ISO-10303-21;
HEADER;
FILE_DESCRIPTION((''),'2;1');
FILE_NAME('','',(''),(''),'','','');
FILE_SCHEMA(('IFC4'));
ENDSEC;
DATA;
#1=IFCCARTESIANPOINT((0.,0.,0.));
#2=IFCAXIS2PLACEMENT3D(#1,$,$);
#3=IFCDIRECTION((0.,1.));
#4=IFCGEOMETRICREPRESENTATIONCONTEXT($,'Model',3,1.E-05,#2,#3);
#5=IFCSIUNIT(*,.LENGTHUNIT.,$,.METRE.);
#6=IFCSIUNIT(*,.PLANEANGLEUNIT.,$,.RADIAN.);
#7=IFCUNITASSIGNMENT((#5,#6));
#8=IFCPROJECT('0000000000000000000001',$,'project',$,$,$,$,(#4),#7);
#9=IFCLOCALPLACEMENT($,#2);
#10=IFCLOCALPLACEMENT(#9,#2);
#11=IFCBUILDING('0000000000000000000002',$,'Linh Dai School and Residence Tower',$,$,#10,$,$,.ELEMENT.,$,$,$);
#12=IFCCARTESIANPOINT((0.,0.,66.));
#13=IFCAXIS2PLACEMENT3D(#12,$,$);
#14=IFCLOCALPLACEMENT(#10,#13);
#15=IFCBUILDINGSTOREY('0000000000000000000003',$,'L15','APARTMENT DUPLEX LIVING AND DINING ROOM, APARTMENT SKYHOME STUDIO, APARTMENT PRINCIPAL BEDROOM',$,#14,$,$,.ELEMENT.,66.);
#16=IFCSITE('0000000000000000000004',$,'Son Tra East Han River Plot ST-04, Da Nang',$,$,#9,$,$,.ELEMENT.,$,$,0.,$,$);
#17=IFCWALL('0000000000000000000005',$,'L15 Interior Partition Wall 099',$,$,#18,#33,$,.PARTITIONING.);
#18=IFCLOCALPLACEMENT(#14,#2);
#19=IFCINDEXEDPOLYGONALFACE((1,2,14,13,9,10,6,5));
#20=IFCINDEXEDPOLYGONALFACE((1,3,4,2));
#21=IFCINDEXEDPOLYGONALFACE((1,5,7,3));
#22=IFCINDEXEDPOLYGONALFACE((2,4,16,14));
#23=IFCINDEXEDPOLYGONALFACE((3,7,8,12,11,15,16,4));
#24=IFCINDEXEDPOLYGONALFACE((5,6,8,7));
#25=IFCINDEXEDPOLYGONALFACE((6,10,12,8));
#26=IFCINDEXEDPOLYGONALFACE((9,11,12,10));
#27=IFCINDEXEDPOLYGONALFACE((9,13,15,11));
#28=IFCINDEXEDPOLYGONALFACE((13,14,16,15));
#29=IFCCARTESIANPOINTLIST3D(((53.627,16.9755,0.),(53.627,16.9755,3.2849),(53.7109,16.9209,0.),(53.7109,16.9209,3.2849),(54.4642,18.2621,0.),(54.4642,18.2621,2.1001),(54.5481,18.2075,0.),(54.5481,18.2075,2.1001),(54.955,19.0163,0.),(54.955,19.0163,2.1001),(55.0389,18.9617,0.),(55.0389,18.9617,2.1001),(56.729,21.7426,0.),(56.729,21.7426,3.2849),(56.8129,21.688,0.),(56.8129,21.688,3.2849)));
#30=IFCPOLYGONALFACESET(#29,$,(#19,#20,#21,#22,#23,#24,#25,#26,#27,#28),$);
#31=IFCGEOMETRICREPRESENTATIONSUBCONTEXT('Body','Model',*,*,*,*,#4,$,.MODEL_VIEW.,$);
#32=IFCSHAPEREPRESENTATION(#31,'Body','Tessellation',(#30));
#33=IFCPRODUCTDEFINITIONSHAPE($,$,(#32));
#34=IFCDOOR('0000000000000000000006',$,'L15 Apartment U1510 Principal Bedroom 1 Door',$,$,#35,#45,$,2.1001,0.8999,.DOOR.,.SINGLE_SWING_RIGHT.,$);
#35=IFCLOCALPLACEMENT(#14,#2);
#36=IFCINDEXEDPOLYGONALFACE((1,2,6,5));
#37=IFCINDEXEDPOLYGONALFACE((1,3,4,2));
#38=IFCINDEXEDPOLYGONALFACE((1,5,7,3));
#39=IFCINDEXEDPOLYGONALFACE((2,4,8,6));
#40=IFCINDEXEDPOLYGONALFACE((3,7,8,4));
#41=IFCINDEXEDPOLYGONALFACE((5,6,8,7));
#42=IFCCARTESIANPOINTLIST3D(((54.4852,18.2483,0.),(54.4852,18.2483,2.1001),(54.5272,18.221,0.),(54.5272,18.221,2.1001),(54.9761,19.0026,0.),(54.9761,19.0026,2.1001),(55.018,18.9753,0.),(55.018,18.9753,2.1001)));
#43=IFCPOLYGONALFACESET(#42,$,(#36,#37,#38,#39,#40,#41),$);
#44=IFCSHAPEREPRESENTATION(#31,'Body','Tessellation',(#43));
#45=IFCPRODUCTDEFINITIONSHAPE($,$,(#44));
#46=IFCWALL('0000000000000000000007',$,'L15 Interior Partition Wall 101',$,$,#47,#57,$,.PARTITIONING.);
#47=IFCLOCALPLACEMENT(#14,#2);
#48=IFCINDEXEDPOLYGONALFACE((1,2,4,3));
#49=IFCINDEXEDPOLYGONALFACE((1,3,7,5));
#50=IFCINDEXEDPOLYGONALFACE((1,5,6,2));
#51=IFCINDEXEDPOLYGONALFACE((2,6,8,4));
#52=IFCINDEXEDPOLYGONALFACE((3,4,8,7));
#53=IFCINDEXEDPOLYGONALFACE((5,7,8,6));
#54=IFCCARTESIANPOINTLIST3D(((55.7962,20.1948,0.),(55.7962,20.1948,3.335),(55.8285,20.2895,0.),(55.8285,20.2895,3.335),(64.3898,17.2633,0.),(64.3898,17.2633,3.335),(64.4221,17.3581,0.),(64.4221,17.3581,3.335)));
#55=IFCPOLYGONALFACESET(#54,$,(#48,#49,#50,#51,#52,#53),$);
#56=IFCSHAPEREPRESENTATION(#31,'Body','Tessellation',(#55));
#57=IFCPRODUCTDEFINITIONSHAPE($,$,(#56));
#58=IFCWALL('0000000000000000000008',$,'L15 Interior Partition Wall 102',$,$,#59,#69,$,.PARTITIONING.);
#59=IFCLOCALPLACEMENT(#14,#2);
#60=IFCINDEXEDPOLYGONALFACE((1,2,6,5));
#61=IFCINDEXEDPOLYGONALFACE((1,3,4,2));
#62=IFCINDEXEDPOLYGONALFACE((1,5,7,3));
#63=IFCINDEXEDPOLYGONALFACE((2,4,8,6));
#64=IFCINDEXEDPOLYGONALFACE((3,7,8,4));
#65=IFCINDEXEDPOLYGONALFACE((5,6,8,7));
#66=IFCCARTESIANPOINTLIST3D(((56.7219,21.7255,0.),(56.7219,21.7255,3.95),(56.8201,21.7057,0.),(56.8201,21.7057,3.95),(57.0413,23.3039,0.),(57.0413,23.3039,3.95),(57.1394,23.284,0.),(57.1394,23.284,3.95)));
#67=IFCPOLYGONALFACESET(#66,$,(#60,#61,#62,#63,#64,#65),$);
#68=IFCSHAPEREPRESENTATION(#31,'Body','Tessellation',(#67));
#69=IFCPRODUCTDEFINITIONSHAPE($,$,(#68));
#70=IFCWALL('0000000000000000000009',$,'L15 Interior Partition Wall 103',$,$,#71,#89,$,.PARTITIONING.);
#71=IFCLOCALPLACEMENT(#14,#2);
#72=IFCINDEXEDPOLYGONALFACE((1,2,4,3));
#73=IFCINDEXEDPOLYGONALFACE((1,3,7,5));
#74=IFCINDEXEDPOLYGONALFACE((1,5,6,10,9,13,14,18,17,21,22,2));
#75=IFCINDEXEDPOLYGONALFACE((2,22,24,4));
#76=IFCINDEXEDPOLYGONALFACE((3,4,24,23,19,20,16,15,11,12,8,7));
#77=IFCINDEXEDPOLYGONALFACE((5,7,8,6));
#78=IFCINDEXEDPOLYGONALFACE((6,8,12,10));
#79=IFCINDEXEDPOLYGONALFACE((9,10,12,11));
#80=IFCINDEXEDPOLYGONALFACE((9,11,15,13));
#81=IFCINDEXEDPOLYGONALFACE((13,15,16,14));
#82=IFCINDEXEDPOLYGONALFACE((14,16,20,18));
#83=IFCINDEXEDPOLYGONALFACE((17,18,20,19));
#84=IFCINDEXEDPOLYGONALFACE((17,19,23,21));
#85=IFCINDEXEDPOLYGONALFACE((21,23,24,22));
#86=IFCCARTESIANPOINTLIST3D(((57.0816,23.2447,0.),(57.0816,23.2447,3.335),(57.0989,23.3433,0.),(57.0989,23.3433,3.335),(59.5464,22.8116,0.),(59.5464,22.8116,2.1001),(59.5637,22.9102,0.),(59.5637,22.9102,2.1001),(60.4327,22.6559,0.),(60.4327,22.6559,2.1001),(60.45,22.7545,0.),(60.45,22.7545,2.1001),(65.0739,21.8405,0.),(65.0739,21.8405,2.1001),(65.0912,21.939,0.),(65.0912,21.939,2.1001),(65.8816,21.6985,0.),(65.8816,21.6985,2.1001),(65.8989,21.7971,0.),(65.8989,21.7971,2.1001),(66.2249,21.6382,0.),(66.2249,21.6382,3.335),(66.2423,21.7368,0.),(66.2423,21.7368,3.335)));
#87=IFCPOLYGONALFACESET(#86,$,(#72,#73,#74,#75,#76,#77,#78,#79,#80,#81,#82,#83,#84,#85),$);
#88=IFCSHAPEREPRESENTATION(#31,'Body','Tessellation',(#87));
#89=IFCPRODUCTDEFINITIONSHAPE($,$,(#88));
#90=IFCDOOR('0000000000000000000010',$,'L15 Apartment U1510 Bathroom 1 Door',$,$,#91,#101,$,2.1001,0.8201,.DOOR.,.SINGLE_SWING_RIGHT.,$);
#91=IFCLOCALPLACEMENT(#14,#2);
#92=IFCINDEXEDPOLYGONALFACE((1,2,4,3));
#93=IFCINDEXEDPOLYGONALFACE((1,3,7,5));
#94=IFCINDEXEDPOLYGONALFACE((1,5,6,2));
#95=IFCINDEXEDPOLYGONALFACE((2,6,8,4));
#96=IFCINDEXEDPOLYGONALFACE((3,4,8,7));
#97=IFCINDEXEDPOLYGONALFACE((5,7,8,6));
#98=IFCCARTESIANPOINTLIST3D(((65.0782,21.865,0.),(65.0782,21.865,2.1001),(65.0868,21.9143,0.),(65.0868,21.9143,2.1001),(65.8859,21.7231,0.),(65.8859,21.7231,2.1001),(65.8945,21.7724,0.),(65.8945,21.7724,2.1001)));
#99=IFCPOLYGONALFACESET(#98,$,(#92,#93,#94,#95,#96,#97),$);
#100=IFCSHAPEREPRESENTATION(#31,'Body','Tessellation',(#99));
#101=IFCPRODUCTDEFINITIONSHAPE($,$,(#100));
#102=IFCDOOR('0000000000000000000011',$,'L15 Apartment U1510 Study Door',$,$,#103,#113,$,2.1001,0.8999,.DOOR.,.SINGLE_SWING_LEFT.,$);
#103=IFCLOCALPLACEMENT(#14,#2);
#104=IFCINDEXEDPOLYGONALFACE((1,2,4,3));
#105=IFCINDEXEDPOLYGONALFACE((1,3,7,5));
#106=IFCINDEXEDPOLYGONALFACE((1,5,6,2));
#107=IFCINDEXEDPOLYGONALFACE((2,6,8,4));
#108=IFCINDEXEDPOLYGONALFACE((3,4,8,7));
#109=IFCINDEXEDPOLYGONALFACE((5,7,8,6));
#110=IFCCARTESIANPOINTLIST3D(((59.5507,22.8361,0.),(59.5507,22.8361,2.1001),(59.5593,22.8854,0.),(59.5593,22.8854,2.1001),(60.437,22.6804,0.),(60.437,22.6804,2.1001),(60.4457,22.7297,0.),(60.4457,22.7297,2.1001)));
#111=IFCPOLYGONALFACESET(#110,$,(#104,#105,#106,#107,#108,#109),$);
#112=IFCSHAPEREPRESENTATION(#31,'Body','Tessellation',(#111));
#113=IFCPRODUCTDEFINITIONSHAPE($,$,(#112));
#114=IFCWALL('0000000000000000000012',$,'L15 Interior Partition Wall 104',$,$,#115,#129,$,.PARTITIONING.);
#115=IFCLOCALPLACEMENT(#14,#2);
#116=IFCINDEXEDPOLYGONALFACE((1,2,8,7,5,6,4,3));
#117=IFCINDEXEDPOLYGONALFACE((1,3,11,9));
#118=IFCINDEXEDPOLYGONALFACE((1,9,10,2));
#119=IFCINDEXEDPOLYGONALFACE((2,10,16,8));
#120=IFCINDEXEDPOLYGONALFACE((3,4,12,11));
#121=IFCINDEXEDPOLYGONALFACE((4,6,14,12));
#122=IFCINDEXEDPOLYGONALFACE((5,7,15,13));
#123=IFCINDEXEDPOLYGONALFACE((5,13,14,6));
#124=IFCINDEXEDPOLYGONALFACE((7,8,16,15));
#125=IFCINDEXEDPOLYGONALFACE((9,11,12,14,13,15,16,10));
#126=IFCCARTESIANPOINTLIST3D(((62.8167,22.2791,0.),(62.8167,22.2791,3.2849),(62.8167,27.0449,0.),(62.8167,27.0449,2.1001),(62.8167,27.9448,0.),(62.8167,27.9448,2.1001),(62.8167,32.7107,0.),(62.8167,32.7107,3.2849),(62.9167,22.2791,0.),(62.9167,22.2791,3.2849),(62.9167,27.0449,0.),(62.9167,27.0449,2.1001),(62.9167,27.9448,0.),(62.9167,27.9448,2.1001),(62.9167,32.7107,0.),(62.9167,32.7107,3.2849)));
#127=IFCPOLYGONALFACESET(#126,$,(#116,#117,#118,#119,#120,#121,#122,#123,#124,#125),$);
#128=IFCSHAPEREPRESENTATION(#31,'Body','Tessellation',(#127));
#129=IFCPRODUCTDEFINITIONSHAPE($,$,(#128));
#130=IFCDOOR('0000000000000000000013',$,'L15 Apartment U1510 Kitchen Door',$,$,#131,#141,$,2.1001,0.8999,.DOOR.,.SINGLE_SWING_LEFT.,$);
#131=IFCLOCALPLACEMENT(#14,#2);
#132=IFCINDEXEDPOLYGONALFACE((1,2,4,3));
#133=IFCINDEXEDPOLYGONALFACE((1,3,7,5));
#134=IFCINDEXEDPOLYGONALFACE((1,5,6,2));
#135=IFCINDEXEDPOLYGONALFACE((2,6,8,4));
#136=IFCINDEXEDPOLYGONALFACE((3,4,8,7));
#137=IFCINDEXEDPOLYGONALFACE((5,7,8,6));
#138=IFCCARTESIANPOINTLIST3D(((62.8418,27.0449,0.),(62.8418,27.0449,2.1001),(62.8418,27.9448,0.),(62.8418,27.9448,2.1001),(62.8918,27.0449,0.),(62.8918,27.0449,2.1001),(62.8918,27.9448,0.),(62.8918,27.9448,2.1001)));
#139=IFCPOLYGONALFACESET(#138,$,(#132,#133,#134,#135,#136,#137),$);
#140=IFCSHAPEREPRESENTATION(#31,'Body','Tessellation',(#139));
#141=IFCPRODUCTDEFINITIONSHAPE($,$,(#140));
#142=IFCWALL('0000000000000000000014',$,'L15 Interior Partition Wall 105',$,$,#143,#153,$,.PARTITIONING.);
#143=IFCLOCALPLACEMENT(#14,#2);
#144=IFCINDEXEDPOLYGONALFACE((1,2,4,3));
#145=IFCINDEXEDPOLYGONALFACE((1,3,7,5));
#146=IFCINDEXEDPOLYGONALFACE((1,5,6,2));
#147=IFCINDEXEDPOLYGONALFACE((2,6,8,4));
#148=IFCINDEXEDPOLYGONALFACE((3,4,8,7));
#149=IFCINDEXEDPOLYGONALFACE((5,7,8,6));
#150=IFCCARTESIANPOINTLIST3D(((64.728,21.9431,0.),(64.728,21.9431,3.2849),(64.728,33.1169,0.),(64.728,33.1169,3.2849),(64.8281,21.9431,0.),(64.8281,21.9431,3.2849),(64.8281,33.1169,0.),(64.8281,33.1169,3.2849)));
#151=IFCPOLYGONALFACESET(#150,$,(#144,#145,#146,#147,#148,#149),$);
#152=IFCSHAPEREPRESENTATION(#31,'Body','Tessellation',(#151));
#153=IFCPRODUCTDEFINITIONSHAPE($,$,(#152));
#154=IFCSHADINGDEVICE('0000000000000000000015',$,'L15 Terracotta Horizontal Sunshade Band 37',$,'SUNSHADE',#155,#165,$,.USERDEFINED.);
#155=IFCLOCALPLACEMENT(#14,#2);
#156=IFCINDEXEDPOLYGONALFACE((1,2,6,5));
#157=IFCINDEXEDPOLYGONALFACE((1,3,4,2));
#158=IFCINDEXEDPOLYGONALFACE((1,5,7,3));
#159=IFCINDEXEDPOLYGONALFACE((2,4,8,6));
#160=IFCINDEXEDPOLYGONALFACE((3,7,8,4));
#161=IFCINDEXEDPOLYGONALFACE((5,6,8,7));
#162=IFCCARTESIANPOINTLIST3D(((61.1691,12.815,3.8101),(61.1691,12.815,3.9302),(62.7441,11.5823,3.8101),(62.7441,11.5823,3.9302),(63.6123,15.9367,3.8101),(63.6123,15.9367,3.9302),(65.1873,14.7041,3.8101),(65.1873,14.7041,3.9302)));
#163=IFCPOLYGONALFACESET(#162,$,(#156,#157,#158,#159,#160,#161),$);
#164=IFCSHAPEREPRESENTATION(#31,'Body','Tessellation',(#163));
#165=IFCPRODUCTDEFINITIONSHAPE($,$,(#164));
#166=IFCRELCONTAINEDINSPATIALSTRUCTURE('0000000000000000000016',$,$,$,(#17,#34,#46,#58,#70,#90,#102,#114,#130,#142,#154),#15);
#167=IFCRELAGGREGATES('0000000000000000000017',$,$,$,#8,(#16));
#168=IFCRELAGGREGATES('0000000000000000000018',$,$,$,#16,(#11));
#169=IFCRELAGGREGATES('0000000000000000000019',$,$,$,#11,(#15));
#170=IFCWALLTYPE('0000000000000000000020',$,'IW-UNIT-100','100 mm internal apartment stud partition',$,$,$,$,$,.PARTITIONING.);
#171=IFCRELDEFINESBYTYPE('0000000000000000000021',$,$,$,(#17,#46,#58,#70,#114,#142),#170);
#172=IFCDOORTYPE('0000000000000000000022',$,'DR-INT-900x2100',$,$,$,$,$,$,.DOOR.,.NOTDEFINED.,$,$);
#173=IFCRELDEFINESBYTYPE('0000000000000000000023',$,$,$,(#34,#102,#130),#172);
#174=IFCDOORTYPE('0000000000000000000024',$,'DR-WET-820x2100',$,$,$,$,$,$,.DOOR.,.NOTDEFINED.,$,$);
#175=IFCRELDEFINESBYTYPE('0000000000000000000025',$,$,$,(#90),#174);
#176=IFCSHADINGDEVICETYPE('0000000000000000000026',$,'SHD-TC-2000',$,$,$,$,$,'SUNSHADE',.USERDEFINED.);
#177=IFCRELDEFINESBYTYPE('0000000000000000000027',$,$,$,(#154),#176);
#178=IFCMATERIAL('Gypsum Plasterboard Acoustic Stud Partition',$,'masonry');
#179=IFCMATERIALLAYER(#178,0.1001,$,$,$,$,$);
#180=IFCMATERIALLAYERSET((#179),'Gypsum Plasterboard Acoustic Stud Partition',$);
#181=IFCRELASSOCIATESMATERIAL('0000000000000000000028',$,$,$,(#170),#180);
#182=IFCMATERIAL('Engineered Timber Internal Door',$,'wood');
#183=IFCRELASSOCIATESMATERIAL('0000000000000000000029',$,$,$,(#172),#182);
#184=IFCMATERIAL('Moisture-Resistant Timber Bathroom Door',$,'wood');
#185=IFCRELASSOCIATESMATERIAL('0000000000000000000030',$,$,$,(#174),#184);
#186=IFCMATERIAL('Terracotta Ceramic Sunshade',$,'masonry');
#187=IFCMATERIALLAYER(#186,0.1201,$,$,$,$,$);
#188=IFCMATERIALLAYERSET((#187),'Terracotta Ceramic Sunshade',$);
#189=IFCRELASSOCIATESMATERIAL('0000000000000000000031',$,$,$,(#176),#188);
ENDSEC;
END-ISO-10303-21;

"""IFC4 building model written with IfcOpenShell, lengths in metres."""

from ifc_helpers import new_model, si_unit, direction, frame, frame_2d, origin, origin_2d, place, context, subcontext, project, spatial, rectangle, extrude, source, transform, mapped, material, layer, layer_set, type_object, element, fill, save


model = new_model("IFC4")

# Units and contexts
model_context = context("Model", 3, precision=1e-05, world=origin(), true_north=direction((0.0, 1.0)))
body_context = subcontext(model_context, "Body", "Model", "MODEL_VIEW")
ifc_project = project(units=[si_unit("LENGTHUNIT", "METRE"), si_unit("PLANEANGLEUNIT", "RADIAN")], contexts=[model_context])

# Site, building, storey
site_placement = place(None, origin())
site = spatial("IfcSite", under=ifc_project, at=site_placement, Name="Son Tra East Han River Plot ST-04, Da Nang", CompositionType="ELEMENT", RefElevation=0.0)
building_placement = place(site_placement, origin())
building = spatial("IfcBuilding", under=site, at=building_placement, Name="Linh Dai School and Residence Tower", CompositionType="ELEMENT")
storey_placement = place(building_placement, frame((0.0, 0.0, 66.0)))
storey = spatial("IfcBuildingStorey", under=building, at=storey_placement, Name="L15", Description="APARTMENT DUPLEX LIVING AND DINING ROOM, APARTMENT SKYHOME STUDIO, APARTMENT PRINCIPAL BEDROOM", CompositionType="ELEMENT", Elevation=66.0)

# Wall, opening, door
ifc_material_1 = material(Name="Gypsum Plasterboard Acoustic Stud Partition", Category="masonry")
ifc_layer_1 = layer(ifc_material_1, 0.1001)
ifc_layer_set_1 = layer_set([ifc_layer_1], Name="Gypsum Plasterboard Acoustic Stud Partition")
wall_type_1 = type_object("IfcWallType", Name="IW-UNIT-100", Description="100 mm internal apartment stud partition", PredefinedType="PARTITIONING", material=ifc_layer_set_1)
wall_1_placement = place(storey_placement, frame((53.6689, 16.9482, 0.0), z_axis=(0.0, 0.0, 1.0), x_axis=(0.545414, 0.838167, 0.0)))
wall_1 = element("IfcWall", 1, at=wall_1_placement, inside=storey, type_object=wall_type_1, Name="L15 Interior Partition Wall 099", PredefinedType="PARTITIONING", context=body_context, shape_type="SweptSolid", body=[
    extrude(rectangle(XDim=5.6875, YDim=0.1001, at=frame_2d((2.8438, 0.0))), origin(), (0.0, 0.0, 1.0), 3.2849),
])
opening_1_placement = place(wall_1_placement, frame((1.5349, 0.0, 0.0)))
opening_1 = element("IfcOpeningElement", 2, at=opening_1_placement, cuts=wall_1, PredefinedType="OPENING", context=body_context, shape_type="SweptSolid", body=[
    extrude(rectangle(XDim=0.8999, YDim=2.1001, at=origin_2d()), frame((0.45, 0.0601, 1.05), z_axis=(0.0, -1.0, 0.0), x_axis=(1.0, 0.0, 0.0)), (0.0, 0.0, 1.0), 0.1201),
])
ifc_material_2 = material(Name="Engineered Timber Internal Door", Category="wood")
door_type_1 = type_object("IfcDoorType", Name="DR-INT-900x2100", OperationType="NOTDEFINED", PredefinedType="DOOR", material=ifc_material_2)
shared_shape_1 = source(origin(), body_context, "Body", "SweptSolid", [
    extrude(rectangle(XDim=0.8999, YDim=2.1001, at=origin_2d()), frame((0.45, 0.0249, 1.05), z_axis=(0.0, -1.0, 0.0), x_axis=(1.0, 0.0, 0.0)), (0.0, 0.0, 1.0), 0.05),
])
door_1_placement = place(opening_1_placement, origin())
door_1 = element("IfcDoor", 3, at=door_1_placement, inside=storey, type_object=door_type_1, Name="L15 Apartment U1510 Principal Bedroom 1 Door", OperationType="SINGLE_SWING_RIGHT", OverallHeight=2.1001, OverallWidth=0.8999, PredefinedType="DOOR", context=body_context, shape_type="MappedRepresentation", body=[
    mapped(shared_shape_1, transform((0.0, 0.0, 0.0), x_axis=(1.0, 0.0, 0.0), y_axis=(0.0, 1.0, 0.0), z_axis=(0.0, 0.0, 1.0), scale=1.0)),
])
fill(opening_1, door_1)

# Walls
wall_2_placement = place(storey_placement, frame((55.8123, 20.2422, 0.0), z_axis=(0.0, 0.0, 1.0), x_axis=(0.94645, -0.322851, 0.0)))
element("IfcWall", 4, at=wall_2_placement, inside=storey, type_object=wall_type_1, Name="L15 Interior Partition Wall 101", PredefinedType="PARTITIONING", context=body_context, shape_type="SweptSolid", body=[
    extrude(rectangle(XDim=9.0798, YDim=0.1001, at=frame_2d((4.54, 0.0))), origin(), (0.0, 0.0, 1.0), 3.335),
])
wall_3_placement = place(storey_placement, frame((56.771, 21.7156, 0.0), z_axis=(0.0, 0.0, 1.0), x_axis=(0.198302, 0.980141, 0.0)))
element("IfcWall", 5, at=wall_3_placement, inside=storey, type_object=wall_type_1, Name="L15 Interior Partition Wall 102", PredefinedType="PARTITIONING", context=body_context, shape_type="SweptSolid", body=[
    extrude(rectangle(XDim=1.6104, YDim=0.1001, at=frame_2d((0.8052, 0.0))), origin(), (0.0, 0.0, 1.0), 3.95),
])

# Wall, openings, doors
wall_4_placement = place(storey_placement, frame((57.0903, 23.2939, 0.0), z_axis=(0.0, 0.0, 1.0), x_axis=(0.984914, -0.173046, 0.0)))
wall_4 = element("IfcWall", 6, at=wall_4_placement, inside=storey, type_object=wall_type_1, Name="L15 Interior Partition Wall 103", PredefinedType="PARTITIONING", context=body_context, shape_type="SweptSolid", body=[
    extrude(rectangle(XDim=9.2834, YDim=0.1001, at=frame_2d((4.6416, 0.0))), origin(), (0.0, 0.0, 1.0), 3.335),
])
opening_2_placement = place(wall_4_placement, frame((2.5024, 0.0, 0.0)))
opening_2 = element("IfcOpeningElement", 7, at=opening_2_placement, cuts=wall_4, PredefinedType="OPENING", context=body_context, shape_type="SweptSolid", body=[
    extrude(rectangle(XDim=0.8999, YDim=2.1001, at=origin_2d()), frame((0.45, 0.0601, 1.05), z_axis=(0.0, -1.0, 0.0), x_axis=(1.0, 0.0, 0.0)), (0.0, 0.0, 1.0), 0.1201),
])
opening_3_placement = place(wall_4_placement, frame((8.1145, 0.0, 0.0)))
opening_3 = element("IfcOpeningElement", 8, at=opening_3_placement, cuts=wall_4, PredefinedType="OPENING", context=body_context, shape_type="SweptSolid", body=[
    extrude(rectangle(XDim=0.8201, YDim=2.1001, at=origin_2d()), frame((0.4102, 0.0601, 1.05), z_axis=(0.0, -1.0, 0.0), x_axis=(1.0, 0.0, 0.0)), (0.0, 0.0, 1.0), 0.1201),
])
ifc_material_3 = material(Name="Moisture-Resistant Timber Bathroom Door", Category="wood")
door_type_2 = type_object("IfcDoorType", Name="DR-WET-820x2100", OperationType="NOTDEFINED", PredefinedType="DOOR", material=ifc_material_3)
shared_shape_2 = source(origin(), body_context, "Body", "SweptSolid", [
    extrude(rectangle(XDim=0.8201, YDim=2.1001, at=origin_2d()), frame((0.4102, 0.0249, 1.05), z_axis=(0.0, -1.0, 0.0), x_axis=(1.0, 0.0, 0.0)), (0.0, 0.0, 1.0), 0.05),
])
door_2_placement = place(opening_3_placement, origin())
door_2 = element("IfcDoor", 9, at=door_2_placement, inside=storey, type_object=door_type_2, Name="L15 Apartment U1510 Bathroom 1 Door", OperationType="SINGLE_SWING_RIGHT", OverallHeight=2.1001, OverallWidth=0.8201, PredefinedType="DOOR", context=body_context, shape_type="MappedRepresentation", body=[
    mapped(shared_shape_2, transform((0.0, 0.0, 0.0), x_axis=(1.0, 0.0, 0.0), y_axis=(0.0, 1.0, 0.0), z_axis=(0.0, 0.0, 1.0), scale=1.0)),
])
fill(opening_3, door_2)
door_3_placement = place(opening_2_placement, origin())
door_3 = element("IfcDoor", 10, at=door_3_placement, inside=storey, type_object=door_type_1, Name="L15 Apartment U1510 Study Door", OperationType="SINGLE_SWING_LEFT", OverallHeight=2.1001, OverallWidth=0.8999, PredefinedType="DOOR", context=body_context, shape_type="MappedRepresentation", body=[
    mapped(shared_shape_1, transform((0.0, 0.0, 0.0), x_axis=(1.0, 0.0, 0.0), y_axis=(0.0, 1.0, 0.0), z_axis=(0.0, 0.0, 1.0), scale=1.0)),
])
fill(opening_2, door_3)

# Wall, opening, door
wall_5_placement = place(storey_placement, frame((62.8667, 22.2791, 0.0), z_axis=(0.0, 0.0, 1.0), x_axis=(0.0, 1.0, 0.0)))
wall_5 = element("IfcWall", 11, at=wall_5_placement, inside=storey, type_object=wall_type_1, Name="L15 Interior Partition Wall 104", PredefinedType="PARTITIONING", context=body_context, shape_type="SweptSolid", body=[
    extrude(rectangle(XDim=10.4316, YDim=0.1001, at=frame_2d((5.2158, 0.0))), origin(), (0.0, 0.0, 1.0), 3.2849),
])
opening_4_placement = place(wall_5_placement, frame((4.7659, 0.0, 0.0)))
opening_4 = element("IfcOpeningElement", 12, at=opening_4_placement, cuts=wall_5, PredefinedType="OPENING", context=body_context, shape_type="SweptSolid", body=[
    extrude(rectangle(XDim=0.8999, YDim=2.1001, at=origin_2d()), frame((0.45, 0.0601, 1.05), z_axis=(0.0, -1.0, 0.0), x_axis=(1.0, 0.0, 0.0)), (0.0, 0.0, 1.0), 0.1201),
])
door_4_placement = place(opening_4_placement, origin())
door_4 = element("IfcDoor", 13, at=door_4_placement, inside=storey, type_object=door_type_1, Name="L15 Apartment U1510 Kitchen Door", OperationType="SINGLE_SWING_LEFT", OverallHeight=2.1001, OverallWidth=0.8999, PredefinedType="DOOR", context=body_context, shape_type="MappedRepresentation", body=[
    mapped(shared_shape_1, transform((0.0, 0.0, 0.0), x_axis=(1.0, 0.0, 0.0), y_axis=(0.0, 1.0, 0.0), z_axis=(0.0, 0.0, 1.0), scale=1.0)),
])
fill(opening_4, door_4)

# Wall
wall_6_placement = place(storey_placement, frame((64.7781, 21.9431, 0.0), z_axis=(0.0, 0.0, 1.0), x_axis=(0.0, 1.0, 0.0)))
element("IfcWall", 14, at=wall_6_placement, inside=storey, type_object=wall_type_1, Name="L15 Interior Partition Wall 105", PredefinedType="PARTITIONING", context=body_context, shape_type="SweptSolid", body=[
    extrude(rectangle(XDim=11.1738, YDim=0.1001, at=frame_2d((5.5869, 0.0))), origin(), (0.0, 0.0, 1.0), 3.2849),
])

# Shading device
ifc_material_4 = material(Name="Terracotta Ceramic Sunshade", Category="masonry")
ifc_layer_2 = layer(ifc_material_4, 0.1201)
ifc_layer_set_2 = layer_set([ifc_layer_2], Name="Terracotta Ceramic Sunshade")
shading_device_type = type_object("IfcShadingDeviceType", Name="SHD-TC-2000", ElementType="SUNSHADE", PredefinedType="USERDEFINED", material=ifc_layer_set_2)
shared_shape_3 = source(origin(), body_context, "Body", "SweptSolid", [
    extrude(rectangle(XDim=3.9641, YDim=2.0, at=origin_2d()), origin(), (0.0, 0.0, 1.0), 0.1201),
])
shading_device_placement = place(storey_placement, frame((63.1782, 13.7595, 3.8101), z_axis=(0.0, 0.0, 1.0), x_axis=(-0.616319, -0.787496, 0.0)))
element("IfcShadingDevice", 15, at=shading_device_placement, inside=storey, type_object=shading_device_type, Name="L15 Terracotta Horizontal Sunshade Band 37", ObjectType="SUNSHADE", PredefinedType="USERDEFINED", context=body_context, shape_type="MappedRepresentation", body=[
    mapped(shared_shape_3, transform((0.0, 0.0, 0.0), x_axis=(1.0, 0.0, 0.0), y_axis=(0.0, 1.0, 0.0), z_axis=(0.0, 0.0, 1.0), scale=1.0)),
])

save(model, "model.ifc")
